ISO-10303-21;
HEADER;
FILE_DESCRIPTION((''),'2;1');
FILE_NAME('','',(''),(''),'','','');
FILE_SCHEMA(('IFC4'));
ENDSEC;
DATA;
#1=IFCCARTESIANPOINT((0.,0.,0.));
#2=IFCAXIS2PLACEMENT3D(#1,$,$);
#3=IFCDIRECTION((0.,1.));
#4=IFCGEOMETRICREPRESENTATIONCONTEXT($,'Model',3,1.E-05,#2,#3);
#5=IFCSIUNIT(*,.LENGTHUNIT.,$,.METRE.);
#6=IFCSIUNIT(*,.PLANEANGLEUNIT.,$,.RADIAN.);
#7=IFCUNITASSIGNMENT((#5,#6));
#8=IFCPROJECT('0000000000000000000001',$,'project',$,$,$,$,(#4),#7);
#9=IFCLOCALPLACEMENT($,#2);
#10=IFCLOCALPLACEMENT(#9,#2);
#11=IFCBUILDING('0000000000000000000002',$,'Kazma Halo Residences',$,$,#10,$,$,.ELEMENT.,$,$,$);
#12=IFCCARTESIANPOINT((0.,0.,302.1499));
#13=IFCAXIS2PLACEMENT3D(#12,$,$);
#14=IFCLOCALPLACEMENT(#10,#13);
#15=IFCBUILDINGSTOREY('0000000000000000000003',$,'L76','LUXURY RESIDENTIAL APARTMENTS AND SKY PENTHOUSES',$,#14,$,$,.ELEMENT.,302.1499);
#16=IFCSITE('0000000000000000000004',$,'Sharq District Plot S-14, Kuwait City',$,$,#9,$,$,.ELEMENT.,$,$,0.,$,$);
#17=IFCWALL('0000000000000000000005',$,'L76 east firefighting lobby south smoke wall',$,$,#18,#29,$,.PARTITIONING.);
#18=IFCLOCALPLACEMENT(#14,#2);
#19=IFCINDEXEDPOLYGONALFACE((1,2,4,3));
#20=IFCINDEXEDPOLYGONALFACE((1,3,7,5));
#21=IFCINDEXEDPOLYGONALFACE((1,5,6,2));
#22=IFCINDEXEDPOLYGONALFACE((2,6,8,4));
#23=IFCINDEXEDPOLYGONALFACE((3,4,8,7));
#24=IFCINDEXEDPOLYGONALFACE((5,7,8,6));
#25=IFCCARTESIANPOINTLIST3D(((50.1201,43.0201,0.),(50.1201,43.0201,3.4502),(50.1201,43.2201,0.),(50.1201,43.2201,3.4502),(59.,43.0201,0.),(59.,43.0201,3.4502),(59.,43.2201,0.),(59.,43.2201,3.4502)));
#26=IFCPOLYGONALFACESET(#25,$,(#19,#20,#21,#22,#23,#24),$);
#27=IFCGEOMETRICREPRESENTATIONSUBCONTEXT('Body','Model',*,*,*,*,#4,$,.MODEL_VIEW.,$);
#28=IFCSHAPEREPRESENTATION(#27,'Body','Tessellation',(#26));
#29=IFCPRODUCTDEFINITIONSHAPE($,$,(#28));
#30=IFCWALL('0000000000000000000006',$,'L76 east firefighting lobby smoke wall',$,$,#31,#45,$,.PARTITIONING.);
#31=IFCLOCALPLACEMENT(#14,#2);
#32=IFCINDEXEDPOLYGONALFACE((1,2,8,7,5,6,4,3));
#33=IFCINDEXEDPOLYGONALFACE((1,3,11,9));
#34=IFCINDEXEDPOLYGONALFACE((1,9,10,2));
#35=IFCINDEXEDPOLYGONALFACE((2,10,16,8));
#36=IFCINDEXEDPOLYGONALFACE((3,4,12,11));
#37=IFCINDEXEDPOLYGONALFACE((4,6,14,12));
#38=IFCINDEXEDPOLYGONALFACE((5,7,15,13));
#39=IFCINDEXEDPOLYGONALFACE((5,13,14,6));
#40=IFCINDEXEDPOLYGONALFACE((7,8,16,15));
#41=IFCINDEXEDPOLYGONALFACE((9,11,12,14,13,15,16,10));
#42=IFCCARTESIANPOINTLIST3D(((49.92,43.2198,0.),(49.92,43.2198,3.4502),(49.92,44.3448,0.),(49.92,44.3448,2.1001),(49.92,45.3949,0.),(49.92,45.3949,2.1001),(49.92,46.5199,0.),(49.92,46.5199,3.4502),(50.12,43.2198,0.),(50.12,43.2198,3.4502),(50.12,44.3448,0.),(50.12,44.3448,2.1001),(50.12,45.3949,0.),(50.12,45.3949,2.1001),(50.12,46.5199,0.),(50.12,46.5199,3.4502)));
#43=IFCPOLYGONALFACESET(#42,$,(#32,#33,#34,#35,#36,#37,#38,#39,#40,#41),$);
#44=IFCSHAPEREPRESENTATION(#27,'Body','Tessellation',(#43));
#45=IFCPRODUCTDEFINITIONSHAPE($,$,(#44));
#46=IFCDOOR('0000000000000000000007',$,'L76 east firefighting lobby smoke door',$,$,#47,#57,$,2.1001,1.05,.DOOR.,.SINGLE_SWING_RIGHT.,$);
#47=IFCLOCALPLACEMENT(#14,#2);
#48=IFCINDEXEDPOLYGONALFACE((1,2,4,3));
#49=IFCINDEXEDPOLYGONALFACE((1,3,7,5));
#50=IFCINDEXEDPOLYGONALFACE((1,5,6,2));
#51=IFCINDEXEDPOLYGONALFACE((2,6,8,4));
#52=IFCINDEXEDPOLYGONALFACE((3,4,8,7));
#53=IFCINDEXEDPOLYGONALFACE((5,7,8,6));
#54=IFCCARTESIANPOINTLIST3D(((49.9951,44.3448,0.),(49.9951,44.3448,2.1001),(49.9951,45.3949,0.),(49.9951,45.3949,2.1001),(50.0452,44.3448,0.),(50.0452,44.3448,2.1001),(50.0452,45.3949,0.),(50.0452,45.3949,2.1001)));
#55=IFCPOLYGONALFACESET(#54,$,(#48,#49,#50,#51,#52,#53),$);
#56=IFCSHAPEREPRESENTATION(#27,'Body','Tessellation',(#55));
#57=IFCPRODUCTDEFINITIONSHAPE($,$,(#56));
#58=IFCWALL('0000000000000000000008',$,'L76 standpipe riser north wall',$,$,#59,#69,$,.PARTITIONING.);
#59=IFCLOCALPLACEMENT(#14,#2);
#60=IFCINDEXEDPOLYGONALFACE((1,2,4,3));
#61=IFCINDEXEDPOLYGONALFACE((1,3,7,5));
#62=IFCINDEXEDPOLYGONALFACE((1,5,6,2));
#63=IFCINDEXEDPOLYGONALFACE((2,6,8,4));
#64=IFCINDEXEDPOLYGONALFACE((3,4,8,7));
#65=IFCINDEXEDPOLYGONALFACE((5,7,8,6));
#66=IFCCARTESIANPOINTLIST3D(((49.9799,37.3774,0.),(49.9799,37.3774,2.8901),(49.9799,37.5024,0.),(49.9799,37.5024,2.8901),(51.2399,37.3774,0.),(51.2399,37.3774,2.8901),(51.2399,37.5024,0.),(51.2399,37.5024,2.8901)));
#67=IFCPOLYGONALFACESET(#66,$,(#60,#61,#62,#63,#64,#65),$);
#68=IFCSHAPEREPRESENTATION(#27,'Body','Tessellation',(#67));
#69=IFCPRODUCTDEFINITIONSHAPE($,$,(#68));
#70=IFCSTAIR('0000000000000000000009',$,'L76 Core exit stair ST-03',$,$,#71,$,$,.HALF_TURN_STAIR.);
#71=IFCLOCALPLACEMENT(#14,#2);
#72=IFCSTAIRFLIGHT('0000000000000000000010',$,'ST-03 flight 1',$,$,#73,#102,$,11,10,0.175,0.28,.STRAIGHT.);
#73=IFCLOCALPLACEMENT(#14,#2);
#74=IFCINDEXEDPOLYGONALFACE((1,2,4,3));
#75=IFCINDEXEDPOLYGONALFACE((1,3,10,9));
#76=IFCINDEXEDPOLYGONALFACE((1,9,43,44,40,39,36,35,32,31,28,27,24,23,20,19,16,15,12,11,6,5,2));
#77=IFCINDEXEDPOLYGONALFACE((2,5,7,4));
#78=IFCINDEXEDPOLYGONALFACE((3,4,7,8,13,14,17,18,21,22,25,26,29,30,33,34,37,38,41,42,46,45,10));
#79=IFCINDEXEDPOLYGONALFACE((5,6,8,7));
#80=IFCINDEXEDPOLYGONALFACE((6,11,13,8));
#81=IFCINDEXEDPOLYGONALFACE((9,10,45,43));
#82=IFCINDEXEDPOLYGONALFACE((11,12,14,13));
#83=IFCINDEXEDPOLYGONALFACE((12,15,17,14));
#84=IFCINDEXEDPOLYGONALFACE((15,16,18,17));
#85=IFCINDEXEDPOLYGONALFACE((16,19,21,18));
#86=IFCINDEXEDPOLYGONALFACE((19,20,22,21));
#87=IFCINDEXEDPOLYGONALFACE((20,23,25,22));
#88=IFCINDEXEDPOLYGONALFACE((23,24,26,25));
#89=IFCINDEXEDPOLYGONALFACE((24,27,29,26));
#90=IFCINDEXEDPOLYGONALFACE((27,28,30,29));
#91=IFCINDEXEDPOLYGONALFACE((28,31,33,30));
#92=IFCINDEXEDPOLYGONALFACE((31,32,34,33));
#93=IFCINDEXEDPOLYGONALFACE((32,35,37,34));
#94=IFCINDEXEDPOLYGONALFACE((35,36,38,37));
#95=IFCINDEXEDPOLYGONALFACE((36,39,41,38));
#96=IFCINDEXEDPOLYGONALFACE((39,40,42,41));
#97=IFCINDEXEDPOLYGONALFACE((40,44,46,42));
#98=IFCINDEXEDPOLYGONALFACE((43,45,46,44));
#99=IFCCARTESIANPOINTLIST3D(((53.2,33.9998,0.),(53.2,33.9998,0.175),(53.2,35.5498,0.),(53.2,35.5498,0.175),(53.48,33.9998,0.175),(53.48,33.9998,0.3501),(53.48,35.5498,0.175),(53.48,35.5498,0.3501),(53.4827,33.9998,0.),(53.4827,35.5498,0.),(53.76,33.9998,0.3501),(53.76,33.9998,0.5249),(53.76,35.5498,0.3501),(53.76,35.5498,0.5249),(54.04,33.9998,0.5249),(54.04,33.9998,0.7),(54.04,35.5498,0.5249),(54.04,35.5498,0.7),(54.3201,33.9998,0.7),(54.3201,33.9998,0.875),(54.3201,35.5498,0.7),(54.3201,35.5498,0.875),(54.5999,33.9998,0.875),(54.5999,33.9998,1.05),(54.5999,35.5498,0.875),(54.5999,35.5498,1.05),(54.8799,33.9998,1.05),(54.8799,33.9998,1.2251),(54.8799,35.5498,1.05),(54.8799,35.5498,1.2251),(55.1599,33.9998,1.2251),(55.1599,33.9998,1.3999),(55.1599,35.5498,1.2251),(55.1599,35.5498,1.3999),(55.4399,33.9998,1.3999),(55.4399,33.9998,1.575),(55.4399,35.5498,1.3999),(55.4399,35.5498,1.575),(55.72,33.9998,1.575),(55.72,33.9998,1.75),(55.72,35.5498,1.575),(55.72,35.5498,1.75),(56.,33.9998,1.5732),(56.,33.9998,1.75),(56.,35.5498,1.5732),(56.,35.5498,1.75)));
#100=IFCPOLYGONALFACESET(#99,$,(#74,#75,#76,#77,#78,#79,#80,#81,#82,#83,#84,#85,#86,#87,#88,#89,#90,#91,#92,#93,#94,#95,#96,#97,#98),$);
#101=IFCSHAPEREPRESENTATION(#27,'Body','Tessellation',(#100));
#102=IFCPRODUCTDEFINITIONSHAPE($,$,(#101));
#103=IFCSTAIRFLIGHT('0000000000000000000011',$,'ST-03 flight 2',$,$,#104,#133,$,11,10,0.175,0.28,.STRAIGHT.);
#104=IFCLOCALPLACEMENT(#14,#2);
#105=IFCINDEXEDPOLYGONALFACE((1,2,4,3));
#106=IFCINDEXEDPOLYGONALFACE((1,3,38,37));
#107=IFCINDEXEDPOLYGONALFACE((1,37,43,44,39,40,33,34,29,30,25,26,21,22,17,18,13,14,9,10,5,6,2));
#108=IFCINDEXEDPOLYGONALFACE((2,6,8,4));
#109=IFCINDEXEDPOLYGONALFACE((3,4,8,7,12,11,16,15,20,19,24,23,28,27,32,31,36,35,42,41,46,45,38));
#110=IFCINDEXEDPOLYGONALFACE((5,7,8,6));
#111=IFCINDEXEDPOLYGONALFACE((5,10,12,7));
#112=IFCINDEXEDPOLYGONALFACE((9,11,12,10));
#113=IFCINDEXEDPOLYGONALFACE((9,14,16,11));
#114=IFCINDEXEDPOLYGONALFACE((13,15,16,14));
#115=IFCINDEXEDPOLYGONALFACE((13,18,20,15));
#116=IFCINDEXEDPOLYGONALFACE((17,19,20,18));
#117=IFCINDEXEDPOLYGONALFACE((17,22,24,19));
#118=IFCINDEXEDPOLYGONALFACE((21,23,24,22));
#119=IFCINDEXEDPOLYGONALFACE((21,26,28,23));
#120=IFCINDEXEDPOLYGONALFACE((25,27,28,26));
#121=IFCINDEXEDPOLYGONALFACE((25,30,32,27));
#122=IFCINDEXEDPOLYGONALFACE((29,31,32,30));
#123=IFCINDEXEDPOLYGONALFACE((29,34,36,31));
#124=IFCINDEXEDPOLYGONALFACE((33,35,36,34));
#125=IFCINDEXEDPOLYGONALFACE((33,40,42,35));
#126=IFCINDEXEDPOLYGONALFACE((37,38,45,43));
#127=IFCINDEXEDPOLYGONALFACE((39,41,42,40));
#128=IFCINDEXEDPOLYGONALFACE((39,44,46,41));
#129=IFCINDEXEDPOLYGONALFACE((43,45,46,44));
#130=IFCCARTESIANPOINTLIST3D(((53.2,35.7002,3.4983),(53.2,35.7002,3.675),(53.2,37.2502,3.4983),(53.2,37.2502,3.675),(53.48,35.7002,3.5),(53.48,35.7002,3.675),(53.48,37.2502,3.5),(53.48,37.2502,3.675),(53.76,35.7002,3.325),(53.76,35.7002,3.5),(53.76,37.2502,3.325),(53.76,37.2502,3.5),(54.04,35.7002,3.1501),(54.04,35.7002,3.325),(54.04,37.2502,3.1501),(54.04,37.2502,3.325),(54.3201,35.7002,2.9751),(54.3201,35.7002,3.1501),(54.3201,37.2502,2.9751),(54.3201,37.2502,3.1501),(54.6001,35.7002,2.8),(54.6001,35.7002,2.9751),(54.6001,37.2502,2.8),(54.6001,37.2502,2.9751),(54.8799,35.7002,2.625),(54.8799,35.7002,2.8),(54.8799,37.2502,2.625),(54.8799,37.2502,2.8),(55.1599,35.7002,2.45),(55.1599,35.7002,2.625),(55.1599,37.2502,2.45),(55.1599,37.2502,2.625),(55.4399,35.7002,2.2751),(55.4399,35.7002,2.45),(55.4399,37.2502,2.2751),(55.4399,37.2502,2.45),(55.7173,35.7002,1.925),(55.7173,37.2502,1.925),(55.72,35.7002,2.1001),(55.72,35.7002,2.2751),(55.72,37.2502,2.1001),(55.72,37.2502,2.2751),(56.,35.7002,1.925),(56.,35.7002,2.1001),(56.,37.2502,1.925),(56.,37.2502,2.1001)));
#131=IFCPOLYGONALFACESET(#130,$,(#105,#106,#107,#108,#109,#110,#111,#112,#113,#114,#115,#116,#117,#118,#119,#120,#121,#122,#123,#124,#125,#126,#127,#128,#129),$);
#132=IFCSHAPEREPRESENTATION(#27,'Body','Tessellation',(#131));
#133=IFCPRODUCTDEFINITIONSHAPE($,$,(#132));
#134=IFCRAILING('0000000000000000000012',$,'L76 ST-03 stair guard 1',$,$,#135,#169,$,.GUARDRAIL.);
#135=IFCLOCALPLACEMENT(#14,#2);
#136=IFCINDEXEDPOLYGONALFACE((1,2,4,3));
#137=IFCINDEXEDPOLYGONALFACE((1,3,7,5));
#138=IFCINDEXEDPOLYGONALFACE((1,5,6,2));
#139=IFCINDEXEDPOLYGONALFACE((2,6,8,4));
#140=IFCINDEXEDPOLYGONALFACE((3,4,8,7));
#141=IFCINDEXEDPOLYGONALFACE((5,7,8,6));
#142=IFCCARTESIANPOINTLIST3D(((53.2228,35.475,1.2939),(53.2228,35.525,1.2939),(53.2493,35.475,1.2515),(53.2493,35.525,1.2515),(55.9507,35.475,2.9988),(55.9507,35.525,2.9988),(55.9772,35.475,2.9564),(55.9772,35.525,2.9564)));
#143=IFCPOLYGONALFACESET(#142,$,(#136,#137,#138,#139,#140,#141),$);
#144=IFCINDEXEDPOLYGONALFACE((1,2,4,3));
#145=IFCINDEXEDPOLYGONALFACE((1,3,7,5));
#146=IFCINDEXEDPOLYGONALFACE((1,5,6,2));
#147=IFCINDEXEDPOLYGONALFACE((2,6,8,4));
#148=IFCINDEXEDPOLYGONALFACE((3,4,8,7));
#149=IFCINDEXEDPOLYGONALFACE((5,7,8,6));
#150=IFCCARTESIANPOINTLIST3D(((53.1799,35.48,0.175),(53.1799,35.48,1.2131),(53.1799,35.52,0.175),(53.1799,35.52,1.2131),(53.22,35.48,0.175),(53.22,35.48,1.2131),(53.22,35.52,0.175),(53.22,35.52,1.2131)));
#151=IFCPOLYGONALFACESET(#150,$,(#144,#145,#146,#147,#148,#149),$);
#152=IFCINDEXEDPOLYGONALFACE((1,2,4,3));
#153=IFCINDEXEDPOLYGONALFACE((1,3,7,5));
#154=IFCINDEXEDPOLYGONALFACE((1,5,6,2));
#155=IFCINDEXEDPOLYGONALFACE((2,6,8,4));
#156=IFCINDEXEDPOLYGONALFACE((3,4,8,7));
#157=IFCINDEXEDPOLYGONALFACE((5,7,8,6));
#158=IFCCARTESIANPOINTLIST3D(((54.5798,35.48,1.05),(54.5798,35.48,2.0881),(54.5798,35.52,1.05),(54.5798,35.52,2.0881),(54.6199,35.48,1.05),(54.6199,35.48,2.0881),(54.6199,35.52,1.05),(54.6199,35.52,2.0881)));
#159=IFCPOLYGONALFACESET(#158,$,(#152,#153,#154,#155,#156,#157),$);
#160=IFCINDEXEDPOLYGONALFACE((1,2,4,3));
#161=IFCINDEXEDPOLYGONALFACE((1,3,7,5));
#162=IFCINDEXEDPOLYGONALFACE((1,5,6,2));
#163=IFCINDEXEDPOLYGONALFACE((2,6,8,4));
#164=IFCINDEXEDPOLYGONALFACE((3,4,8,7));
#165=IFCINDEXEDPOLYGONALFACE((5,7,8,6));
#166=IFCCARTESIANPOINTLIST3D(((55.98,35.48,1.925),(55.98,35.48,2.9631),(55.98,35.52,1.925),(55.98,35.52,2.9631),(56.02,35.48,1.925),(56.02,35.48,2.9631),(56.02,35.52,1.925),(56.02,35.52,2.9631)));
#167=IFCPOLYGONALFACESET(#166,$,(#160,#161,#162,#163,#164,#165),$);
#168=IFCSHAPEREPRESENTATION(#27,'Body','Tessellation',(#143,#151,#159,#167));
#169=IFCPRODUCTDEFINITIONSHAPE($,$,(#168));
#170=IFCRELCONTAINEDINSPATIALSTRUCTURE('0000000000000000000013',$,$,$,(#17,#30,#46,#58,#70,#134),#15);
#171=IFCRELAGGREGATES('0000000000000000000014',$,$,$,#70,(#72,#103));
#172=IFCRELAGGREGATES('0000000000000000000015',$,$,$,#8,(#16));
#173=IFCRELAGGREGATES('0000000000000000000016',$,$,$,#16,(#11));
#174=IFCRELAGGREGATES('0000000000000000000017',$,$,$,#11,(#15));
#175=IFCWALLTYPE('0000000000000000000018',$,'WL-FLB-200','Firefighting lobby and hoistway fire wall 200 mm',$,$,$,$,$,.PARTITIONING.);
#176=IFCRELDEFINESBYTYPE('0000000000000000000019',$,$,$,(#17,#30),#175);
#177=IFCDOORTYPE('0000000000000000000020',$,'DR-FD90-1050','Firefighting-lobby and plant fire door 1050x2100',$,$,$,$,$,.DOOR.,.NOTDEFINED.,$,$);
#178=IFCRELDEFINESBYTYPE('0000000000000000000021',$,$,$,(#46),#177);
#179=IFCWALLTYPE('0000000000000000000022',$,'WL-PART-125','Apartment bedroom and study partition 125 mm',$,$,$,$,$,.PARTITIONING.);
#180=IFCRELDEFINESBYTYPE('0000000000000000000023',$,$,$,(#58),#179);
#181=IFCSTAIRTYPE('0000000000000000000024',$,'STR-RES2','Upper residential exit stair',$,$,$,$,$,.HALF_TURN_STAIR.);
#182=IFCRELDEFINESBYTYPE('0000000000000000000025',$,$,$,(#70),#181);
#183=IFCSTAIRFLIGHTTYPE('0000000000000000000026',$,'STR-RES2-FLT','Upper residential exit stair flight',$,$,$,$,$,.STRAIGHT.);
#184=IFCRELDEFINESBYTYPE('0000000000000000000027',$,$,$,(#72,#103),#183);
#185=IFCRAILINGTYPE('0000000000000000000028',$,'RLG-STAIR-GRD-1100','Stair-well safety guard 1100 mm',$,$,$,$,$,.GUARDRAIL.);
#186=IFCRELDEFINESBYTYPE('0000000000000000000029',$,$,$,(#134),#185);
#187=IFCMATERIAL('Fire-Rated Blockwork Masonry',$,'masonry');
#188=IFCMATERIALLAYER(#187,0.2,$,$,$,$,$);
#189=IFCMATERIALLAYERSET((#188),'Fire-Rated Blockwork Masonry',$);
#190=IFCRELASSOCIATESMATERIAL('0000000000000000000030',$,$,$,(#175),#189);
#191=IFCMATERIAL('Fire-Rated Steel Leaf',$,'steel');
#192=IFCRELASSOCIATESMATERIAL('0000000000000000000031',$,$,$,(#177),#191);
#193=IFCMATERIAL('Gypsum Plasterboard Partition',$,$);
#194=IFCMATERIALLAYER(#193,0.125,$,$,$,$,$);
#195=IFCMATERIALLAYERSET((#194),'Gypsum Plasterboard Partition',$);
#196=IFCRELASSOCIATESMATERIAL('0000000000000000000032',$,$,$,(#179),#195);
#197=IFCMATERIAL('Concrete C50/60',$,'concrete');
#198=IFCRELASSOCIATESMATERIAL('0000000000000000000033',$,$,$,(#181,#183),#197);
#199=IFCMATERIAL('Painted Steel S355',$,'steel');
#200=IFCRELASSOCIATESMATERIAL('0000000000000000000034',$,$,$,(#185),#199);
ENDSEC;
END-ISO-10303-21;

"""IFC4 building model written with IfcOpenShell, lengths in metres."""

from ifc_helpers import new_model, si_unit, direction, frame, frame_2d, origin, origin_2d, place, context, subcontext, project, spatial, polyline, rectangle, outline, extrude, material, layer, layer_set, type_object, element, fill, aggregate, save


model = new_model("IFC4")

# Units and contexts
model_context = context("Model", 3, precision=1e-05, world=origin(), true_north=direction((0.0, 1.0)))
body_context = subcontext(model_context, "Body", "Model", "MODEL_VIEW")
ifc_project = project(units=[si_unit("LENGTHUNIT", "METRE"), si_unit("PLANEANGLEUNIT", "RADIAN")], contexts=[model_context])

# Site, building, storey
site_placement = place(None, origin())
site = spatial("IfcSite", under=ifc_project, at=site_placement, Name="Sharq District Plot S-14, Kuwait City", CompositionType="ELEMENT", RefElevation=0.0)
building_placement = place(site_placement, origin())
building = spatial("IfcBuilding", under=site, at=building_placement, Name="Kazma Halo Residences", CompositionType="ELEMENT")
storey_placement = place(building_placement, frame((0.0, 0.0, 302.1499)))
storey = spatial("IfcBuildingStorey", under=building, at=storey_placement, Name="L76", Description="LUXURY RESIDENTIAL APARTMENTS AND SKY PENTHOUSES", CompositionType="ELEMENT", Elevation=302.1499)

# Shared definitions
ifc_material_1 = material(Name="Fire-Rated Blockwork Masonry", Category="masonry")
ifc_layer_1 = layer(ifc_material_1, 0.2)
ifc_layer_set_1 = layer_set([ifc_layer_1], Name="Fire-Rated Blockwork Masonry")
wall_type_1 = type_object("IfcWallType", Name="WL-FLB-200", Description="Firefighting lobby and hoistway fire wall 200 mm", PredefinedType="PARTITIONING", material=ifc_layer_set_1)

# Wall
wall_1_placement = place(storey_placement, frame((50.1201, 43.1201, 0.0), z_axis=(0.0, 0.0, 1.0), x_axis=(1.0, 0.0, 0.0)))
element("IfcWall", 1, at=wall_1_placement, inside=storey, type_object=wall_type_1, Name="L76 east firefighting lobby south smoke wall", PredefinedType="PARTITIONING", context=body_context, shape_type="SweptSolid", body=[
    extrude(rectangle(XDim=8.8799, YDim=0.2, at=frame_2d((4.4399, 0.0))), origin(), (0.0, 0.0, 1.0), 3.4502),
])

# Wall, opening, door
wall_2_placement = place(storey_placement, frame((50.02, 43.22, 0.0), z_axis=(0.0, 0.0, 1.0), x_axis=(0.0, 1.0, 0.0)))
wall_2 = element("IfcWall", 2, at=wall_2_placement, inside=storey, type_object=wall_type_1, Name="L76 east firefighting lobby smoke wall", PredefinedType="PARTITIONING", context=body_context, shape_type="SweptSolid", body=[
    extrude(rectangle(XDim=3.3, YDim=0.2, at=frame_2d((1.6499, 0.0))), origin(), (0.0, 0.0, 1.0), 3.4502),
])
opening_1_placement = place(wall_2_placement, frame((1.125, 0.0, 0.0)))
opening_1 = element("IfcOpeningElement", 3, at=opening_1_placement, cuts=wall_2, PredefinedType="OPENING", context=body_context, shape_type="SweptSolid", body=[
    extrude(rectangle(XDim=1.05, YDim=2.1001, at=frame_2d((0.5249, 1.05))), frame((0.0, 0.1099, 0.0), z_axis=(0.0, -1.0, 0.0), x_axis=(1.0, 0.0, 0.0)), (0.0, 0.0, 1.0), 0.22),
])
ifc_material_2 = material(Name="Fire-Rated Steel Leaf", Category="steel")
door_type_1 = type_object("IfcDoorType", Name="DR-FD90-1050", Description="Firefighting-lobby and plant fire door 1050x2100", OperationType="NOTDEFINED", PredefinedType="DOOR", material=ifc_material_2)
door_1_placement = place(opening_1_placement, origin())
door_1 = element("IfcDoor", 4, at=door_1_placement, inside=storey, type_object=door_type_1, Name="L76 east firefighting lobby smoke door", OperationType="SINGLE_SWING_RIGHT", OverallHeight=2.1001, OverallWidth=1.05, PredefinedType="DOOR", context=body_context, shape_type="SweptSolid", body=[
    extrude(rectangle(XDim=1.05, YDim=2.1001, at=frame_2d((0.5249, 1.05))), frame((0.0, 0.0249, 0.0), z_axis=(0.0, -1.0, 0.0), x_axis=(1.0, 0.0, 0.0)), (0.0, 0.0, 1.0), 0.05),
])
fill(opening_1, door_1)

# Wall
ifc_material_3 = material(Name="Gypsum Plasterboard Partition")
ifc_layer_2 = layer(ifc_material_3, 0.125)
ifc_layer_set_2 = layer_set([ifc_layer_2], Name="Gypsum Plasterboard Partition")
wall_type_2 = type_object("IfcWallType", Name="WL-PART-125", Description="Apartment bedroom and study partition 125 mm", PredefinedType="PARTITIONING", material=ifc_layer_set_2)
wall_3_placement = place(storey_placement, frame((49.98, 37.4399, 0.0), z_axis=(0.0, 0.0, 1.0), x_axis=(1.0, 0.0, 0.0)))
element("IfcWall", 5, at=wall_3_placement, inside=storey, type_object=wall_type_2, Name="L76 standpipe riser north wall", PredefinedType="PARTITIONING", context=body_context, shape_type="SweptSolid", body=[
    extrude(rectangle(XDim=1.26, YDim=0.125, at=frame_2d((0.6299, 0.0))), origin(), (0.0, 0.0, 1.0), 2.8901),
])

# Shared definitions
ifc_material_4 = material(Name="Concrete C50/60", Category="concrete")

# Stair, stair flights
stair_type = type_object("IfcStairType", Name="STR-RES2", Description="Upper residential exit stair", PredefinedType="HALF_TURN_STAIR", material=ifc_material_4)
stair_placement = place(storey_placement, origin())
stair = element("IfcStair", 6, at=stair_placement, inside=storey, type_object=stair_type, Name="L76 Core exit stair ST-03", PredefinedType="HALF_TURN_STAIR")
stair_flight_type = type_object("IfcStairFlightType", Name="STR-RES2-FLT", Description="Upper residential exit stair flight", PredefinedType="STRAIGHT", material=ifc_material_4)
stair_flight_1_placement = place(storey_placement, frame((53.2, 34.7749, 0.0), z_axis=(0.0, 0.0, 1.0), x_axis=(1.0, 0.0, 0.0)))
stair_flight_1 = element("IfcStairFlight", 7, at=stair_flight_1_placement, type_object=stair_flight_type, Name="ST-03 flight 1", NumberOfRisers=11, NumberOfTreads=10, PredefinedType="STRAIGHT", RiserHeight=0.175, TreadLength=0.28, context=body_context, shape_type="SweptSolid", body=[
    extrude(outline(polyline([(0.0, 0.0), (0.0, 0.175), (0.28, 0.175), (0.28, 0.3501), (0.5601, 0.3501), (0.5601, 0.5249), (0.8401, 0.5249), (0.8401, 0.7), (1.1201, 0.7), (1.1201, 0.875), (1.3999, 0.875), (1.3999, 1.05), (1.6799, 1.05), (1.6799, 1.2251), (1.96, 1.2251), (1.96, 1.3999), (2.24, 1.3999), (2.24, 1.575), (2.52, 1.575), (2.52, 1.75), (2.8, 1.75), (2.8, 1.925), (2.8, 1.5732), (0.2827, 0.0), (0.0, 0.0)])), frame((0.0, 0.7749, 0.0), z_axis=(0.0, -1.0, 0.0), x_axis=(1.0, 0.0, 0.0)), (0.0, 0.0, 1.0), 1.55),
])
stair_flight_2_placement = place(storey_placement, frame((56.0, 36.4751, 1.925), z_axis=(0.0, 0.0, 1.0), x_axis=(-1.0, 0.0, 0.0)))
stair_flight_2 = element("IfcStairFlight", 8, at=stair_flight_2_placement, type_object=stair_flight_type, Name="ST-03 flight 2", NumberOfRisers=11, NumberOfTreads=10, PredefinedType="STRAIGHT", RiserHeight=0.175, TreadLength=0.28, context=body_context, shape_type="SweptSolid", body=[
    extrude(outline(polyline([(0.0, 0.0), (0.0, 0.175), (0.28, 0.175), (0.28, 0.3501), (0.5601, 0.3501), (0.5601, 0.5249), (0.8401, 0.5249), (0.8401, 0.7), (1.1201, 0.7), (1.1201, 0.875), (1.3999, 0.875), (1.3999, 1.05), (1.6799, 1.05), (1.6799, 1.2251), (1.96, 1.2251), (1.96, 1.3999), (2.24, 1.3999), (2.24, 1.575), (2.52, 1.575), (2.52, 1.75), (2.8, 1.75), (2.8, 1.925), (2.8, 1.5732), (0.2827, 0.0), (0.0, 0.0)])), frame((0.0, 0.7749, 0.0), z_axis=(0.0, -1.0, 0.0), x_axis=(1.0, 0.0, 0.0)), (0.0, 0.0, 1.0), 1.55),
])
aggregate(stair, [stair_flight_1, stair_flight_2])

# Railing
ifc_material_5 = material(Name="Painted Steel S355", Category="steel")
railing_type_1 = type_object("IfcRailingType", Name="RLG-STAIR-GRD-1100", Description="Stair-well safety guard 1100 mm", PredefinedType="GUARDRAIL", material=ifc_material_5)
railing_1_placement = place(storey_placement, frame((53.2, 35.5, 0.175)))
element("IfcRailing", 9, at=railing_1_placement, inside=storey, type_object=railing_type_1, Name="L76 ST-03 stair guard 1", PredefinedType="GUARDRAIL", context=body_context, shape_type="SweptSolid", body=[
    extrude(rectangle(XDim=0.05, YDim=0.05, at=origin_2d()), frame((0.0361, 0.0, 1.0977), z_axis=(0.848002, 0.0, 0.529992), x_axis=(0.0, 1.0, 0.0)), (0.0, 0.0, 1.0), 3.2168),
    extrude(rectangle(XDim=0.04, YDim=0.04, at=origin_2d()), origin(), (0.0, 0.0, 1.0), 1.0381),
    extrude(rectangle(XDim=0.04, YDim=0.04, at=origin_2d()), frame((1.3999, 0.0, 0.875)), (0.0, 0.0, 1.0), 1.0381),
    extrude(rectangle(XDim=0.04, YDim=0.04, at=origin_2d()), frame((2.8, 0.0, 1.75)), (0.0, 0.0, 1.0), 1.0381),
])

save(model, "model.ifc")
